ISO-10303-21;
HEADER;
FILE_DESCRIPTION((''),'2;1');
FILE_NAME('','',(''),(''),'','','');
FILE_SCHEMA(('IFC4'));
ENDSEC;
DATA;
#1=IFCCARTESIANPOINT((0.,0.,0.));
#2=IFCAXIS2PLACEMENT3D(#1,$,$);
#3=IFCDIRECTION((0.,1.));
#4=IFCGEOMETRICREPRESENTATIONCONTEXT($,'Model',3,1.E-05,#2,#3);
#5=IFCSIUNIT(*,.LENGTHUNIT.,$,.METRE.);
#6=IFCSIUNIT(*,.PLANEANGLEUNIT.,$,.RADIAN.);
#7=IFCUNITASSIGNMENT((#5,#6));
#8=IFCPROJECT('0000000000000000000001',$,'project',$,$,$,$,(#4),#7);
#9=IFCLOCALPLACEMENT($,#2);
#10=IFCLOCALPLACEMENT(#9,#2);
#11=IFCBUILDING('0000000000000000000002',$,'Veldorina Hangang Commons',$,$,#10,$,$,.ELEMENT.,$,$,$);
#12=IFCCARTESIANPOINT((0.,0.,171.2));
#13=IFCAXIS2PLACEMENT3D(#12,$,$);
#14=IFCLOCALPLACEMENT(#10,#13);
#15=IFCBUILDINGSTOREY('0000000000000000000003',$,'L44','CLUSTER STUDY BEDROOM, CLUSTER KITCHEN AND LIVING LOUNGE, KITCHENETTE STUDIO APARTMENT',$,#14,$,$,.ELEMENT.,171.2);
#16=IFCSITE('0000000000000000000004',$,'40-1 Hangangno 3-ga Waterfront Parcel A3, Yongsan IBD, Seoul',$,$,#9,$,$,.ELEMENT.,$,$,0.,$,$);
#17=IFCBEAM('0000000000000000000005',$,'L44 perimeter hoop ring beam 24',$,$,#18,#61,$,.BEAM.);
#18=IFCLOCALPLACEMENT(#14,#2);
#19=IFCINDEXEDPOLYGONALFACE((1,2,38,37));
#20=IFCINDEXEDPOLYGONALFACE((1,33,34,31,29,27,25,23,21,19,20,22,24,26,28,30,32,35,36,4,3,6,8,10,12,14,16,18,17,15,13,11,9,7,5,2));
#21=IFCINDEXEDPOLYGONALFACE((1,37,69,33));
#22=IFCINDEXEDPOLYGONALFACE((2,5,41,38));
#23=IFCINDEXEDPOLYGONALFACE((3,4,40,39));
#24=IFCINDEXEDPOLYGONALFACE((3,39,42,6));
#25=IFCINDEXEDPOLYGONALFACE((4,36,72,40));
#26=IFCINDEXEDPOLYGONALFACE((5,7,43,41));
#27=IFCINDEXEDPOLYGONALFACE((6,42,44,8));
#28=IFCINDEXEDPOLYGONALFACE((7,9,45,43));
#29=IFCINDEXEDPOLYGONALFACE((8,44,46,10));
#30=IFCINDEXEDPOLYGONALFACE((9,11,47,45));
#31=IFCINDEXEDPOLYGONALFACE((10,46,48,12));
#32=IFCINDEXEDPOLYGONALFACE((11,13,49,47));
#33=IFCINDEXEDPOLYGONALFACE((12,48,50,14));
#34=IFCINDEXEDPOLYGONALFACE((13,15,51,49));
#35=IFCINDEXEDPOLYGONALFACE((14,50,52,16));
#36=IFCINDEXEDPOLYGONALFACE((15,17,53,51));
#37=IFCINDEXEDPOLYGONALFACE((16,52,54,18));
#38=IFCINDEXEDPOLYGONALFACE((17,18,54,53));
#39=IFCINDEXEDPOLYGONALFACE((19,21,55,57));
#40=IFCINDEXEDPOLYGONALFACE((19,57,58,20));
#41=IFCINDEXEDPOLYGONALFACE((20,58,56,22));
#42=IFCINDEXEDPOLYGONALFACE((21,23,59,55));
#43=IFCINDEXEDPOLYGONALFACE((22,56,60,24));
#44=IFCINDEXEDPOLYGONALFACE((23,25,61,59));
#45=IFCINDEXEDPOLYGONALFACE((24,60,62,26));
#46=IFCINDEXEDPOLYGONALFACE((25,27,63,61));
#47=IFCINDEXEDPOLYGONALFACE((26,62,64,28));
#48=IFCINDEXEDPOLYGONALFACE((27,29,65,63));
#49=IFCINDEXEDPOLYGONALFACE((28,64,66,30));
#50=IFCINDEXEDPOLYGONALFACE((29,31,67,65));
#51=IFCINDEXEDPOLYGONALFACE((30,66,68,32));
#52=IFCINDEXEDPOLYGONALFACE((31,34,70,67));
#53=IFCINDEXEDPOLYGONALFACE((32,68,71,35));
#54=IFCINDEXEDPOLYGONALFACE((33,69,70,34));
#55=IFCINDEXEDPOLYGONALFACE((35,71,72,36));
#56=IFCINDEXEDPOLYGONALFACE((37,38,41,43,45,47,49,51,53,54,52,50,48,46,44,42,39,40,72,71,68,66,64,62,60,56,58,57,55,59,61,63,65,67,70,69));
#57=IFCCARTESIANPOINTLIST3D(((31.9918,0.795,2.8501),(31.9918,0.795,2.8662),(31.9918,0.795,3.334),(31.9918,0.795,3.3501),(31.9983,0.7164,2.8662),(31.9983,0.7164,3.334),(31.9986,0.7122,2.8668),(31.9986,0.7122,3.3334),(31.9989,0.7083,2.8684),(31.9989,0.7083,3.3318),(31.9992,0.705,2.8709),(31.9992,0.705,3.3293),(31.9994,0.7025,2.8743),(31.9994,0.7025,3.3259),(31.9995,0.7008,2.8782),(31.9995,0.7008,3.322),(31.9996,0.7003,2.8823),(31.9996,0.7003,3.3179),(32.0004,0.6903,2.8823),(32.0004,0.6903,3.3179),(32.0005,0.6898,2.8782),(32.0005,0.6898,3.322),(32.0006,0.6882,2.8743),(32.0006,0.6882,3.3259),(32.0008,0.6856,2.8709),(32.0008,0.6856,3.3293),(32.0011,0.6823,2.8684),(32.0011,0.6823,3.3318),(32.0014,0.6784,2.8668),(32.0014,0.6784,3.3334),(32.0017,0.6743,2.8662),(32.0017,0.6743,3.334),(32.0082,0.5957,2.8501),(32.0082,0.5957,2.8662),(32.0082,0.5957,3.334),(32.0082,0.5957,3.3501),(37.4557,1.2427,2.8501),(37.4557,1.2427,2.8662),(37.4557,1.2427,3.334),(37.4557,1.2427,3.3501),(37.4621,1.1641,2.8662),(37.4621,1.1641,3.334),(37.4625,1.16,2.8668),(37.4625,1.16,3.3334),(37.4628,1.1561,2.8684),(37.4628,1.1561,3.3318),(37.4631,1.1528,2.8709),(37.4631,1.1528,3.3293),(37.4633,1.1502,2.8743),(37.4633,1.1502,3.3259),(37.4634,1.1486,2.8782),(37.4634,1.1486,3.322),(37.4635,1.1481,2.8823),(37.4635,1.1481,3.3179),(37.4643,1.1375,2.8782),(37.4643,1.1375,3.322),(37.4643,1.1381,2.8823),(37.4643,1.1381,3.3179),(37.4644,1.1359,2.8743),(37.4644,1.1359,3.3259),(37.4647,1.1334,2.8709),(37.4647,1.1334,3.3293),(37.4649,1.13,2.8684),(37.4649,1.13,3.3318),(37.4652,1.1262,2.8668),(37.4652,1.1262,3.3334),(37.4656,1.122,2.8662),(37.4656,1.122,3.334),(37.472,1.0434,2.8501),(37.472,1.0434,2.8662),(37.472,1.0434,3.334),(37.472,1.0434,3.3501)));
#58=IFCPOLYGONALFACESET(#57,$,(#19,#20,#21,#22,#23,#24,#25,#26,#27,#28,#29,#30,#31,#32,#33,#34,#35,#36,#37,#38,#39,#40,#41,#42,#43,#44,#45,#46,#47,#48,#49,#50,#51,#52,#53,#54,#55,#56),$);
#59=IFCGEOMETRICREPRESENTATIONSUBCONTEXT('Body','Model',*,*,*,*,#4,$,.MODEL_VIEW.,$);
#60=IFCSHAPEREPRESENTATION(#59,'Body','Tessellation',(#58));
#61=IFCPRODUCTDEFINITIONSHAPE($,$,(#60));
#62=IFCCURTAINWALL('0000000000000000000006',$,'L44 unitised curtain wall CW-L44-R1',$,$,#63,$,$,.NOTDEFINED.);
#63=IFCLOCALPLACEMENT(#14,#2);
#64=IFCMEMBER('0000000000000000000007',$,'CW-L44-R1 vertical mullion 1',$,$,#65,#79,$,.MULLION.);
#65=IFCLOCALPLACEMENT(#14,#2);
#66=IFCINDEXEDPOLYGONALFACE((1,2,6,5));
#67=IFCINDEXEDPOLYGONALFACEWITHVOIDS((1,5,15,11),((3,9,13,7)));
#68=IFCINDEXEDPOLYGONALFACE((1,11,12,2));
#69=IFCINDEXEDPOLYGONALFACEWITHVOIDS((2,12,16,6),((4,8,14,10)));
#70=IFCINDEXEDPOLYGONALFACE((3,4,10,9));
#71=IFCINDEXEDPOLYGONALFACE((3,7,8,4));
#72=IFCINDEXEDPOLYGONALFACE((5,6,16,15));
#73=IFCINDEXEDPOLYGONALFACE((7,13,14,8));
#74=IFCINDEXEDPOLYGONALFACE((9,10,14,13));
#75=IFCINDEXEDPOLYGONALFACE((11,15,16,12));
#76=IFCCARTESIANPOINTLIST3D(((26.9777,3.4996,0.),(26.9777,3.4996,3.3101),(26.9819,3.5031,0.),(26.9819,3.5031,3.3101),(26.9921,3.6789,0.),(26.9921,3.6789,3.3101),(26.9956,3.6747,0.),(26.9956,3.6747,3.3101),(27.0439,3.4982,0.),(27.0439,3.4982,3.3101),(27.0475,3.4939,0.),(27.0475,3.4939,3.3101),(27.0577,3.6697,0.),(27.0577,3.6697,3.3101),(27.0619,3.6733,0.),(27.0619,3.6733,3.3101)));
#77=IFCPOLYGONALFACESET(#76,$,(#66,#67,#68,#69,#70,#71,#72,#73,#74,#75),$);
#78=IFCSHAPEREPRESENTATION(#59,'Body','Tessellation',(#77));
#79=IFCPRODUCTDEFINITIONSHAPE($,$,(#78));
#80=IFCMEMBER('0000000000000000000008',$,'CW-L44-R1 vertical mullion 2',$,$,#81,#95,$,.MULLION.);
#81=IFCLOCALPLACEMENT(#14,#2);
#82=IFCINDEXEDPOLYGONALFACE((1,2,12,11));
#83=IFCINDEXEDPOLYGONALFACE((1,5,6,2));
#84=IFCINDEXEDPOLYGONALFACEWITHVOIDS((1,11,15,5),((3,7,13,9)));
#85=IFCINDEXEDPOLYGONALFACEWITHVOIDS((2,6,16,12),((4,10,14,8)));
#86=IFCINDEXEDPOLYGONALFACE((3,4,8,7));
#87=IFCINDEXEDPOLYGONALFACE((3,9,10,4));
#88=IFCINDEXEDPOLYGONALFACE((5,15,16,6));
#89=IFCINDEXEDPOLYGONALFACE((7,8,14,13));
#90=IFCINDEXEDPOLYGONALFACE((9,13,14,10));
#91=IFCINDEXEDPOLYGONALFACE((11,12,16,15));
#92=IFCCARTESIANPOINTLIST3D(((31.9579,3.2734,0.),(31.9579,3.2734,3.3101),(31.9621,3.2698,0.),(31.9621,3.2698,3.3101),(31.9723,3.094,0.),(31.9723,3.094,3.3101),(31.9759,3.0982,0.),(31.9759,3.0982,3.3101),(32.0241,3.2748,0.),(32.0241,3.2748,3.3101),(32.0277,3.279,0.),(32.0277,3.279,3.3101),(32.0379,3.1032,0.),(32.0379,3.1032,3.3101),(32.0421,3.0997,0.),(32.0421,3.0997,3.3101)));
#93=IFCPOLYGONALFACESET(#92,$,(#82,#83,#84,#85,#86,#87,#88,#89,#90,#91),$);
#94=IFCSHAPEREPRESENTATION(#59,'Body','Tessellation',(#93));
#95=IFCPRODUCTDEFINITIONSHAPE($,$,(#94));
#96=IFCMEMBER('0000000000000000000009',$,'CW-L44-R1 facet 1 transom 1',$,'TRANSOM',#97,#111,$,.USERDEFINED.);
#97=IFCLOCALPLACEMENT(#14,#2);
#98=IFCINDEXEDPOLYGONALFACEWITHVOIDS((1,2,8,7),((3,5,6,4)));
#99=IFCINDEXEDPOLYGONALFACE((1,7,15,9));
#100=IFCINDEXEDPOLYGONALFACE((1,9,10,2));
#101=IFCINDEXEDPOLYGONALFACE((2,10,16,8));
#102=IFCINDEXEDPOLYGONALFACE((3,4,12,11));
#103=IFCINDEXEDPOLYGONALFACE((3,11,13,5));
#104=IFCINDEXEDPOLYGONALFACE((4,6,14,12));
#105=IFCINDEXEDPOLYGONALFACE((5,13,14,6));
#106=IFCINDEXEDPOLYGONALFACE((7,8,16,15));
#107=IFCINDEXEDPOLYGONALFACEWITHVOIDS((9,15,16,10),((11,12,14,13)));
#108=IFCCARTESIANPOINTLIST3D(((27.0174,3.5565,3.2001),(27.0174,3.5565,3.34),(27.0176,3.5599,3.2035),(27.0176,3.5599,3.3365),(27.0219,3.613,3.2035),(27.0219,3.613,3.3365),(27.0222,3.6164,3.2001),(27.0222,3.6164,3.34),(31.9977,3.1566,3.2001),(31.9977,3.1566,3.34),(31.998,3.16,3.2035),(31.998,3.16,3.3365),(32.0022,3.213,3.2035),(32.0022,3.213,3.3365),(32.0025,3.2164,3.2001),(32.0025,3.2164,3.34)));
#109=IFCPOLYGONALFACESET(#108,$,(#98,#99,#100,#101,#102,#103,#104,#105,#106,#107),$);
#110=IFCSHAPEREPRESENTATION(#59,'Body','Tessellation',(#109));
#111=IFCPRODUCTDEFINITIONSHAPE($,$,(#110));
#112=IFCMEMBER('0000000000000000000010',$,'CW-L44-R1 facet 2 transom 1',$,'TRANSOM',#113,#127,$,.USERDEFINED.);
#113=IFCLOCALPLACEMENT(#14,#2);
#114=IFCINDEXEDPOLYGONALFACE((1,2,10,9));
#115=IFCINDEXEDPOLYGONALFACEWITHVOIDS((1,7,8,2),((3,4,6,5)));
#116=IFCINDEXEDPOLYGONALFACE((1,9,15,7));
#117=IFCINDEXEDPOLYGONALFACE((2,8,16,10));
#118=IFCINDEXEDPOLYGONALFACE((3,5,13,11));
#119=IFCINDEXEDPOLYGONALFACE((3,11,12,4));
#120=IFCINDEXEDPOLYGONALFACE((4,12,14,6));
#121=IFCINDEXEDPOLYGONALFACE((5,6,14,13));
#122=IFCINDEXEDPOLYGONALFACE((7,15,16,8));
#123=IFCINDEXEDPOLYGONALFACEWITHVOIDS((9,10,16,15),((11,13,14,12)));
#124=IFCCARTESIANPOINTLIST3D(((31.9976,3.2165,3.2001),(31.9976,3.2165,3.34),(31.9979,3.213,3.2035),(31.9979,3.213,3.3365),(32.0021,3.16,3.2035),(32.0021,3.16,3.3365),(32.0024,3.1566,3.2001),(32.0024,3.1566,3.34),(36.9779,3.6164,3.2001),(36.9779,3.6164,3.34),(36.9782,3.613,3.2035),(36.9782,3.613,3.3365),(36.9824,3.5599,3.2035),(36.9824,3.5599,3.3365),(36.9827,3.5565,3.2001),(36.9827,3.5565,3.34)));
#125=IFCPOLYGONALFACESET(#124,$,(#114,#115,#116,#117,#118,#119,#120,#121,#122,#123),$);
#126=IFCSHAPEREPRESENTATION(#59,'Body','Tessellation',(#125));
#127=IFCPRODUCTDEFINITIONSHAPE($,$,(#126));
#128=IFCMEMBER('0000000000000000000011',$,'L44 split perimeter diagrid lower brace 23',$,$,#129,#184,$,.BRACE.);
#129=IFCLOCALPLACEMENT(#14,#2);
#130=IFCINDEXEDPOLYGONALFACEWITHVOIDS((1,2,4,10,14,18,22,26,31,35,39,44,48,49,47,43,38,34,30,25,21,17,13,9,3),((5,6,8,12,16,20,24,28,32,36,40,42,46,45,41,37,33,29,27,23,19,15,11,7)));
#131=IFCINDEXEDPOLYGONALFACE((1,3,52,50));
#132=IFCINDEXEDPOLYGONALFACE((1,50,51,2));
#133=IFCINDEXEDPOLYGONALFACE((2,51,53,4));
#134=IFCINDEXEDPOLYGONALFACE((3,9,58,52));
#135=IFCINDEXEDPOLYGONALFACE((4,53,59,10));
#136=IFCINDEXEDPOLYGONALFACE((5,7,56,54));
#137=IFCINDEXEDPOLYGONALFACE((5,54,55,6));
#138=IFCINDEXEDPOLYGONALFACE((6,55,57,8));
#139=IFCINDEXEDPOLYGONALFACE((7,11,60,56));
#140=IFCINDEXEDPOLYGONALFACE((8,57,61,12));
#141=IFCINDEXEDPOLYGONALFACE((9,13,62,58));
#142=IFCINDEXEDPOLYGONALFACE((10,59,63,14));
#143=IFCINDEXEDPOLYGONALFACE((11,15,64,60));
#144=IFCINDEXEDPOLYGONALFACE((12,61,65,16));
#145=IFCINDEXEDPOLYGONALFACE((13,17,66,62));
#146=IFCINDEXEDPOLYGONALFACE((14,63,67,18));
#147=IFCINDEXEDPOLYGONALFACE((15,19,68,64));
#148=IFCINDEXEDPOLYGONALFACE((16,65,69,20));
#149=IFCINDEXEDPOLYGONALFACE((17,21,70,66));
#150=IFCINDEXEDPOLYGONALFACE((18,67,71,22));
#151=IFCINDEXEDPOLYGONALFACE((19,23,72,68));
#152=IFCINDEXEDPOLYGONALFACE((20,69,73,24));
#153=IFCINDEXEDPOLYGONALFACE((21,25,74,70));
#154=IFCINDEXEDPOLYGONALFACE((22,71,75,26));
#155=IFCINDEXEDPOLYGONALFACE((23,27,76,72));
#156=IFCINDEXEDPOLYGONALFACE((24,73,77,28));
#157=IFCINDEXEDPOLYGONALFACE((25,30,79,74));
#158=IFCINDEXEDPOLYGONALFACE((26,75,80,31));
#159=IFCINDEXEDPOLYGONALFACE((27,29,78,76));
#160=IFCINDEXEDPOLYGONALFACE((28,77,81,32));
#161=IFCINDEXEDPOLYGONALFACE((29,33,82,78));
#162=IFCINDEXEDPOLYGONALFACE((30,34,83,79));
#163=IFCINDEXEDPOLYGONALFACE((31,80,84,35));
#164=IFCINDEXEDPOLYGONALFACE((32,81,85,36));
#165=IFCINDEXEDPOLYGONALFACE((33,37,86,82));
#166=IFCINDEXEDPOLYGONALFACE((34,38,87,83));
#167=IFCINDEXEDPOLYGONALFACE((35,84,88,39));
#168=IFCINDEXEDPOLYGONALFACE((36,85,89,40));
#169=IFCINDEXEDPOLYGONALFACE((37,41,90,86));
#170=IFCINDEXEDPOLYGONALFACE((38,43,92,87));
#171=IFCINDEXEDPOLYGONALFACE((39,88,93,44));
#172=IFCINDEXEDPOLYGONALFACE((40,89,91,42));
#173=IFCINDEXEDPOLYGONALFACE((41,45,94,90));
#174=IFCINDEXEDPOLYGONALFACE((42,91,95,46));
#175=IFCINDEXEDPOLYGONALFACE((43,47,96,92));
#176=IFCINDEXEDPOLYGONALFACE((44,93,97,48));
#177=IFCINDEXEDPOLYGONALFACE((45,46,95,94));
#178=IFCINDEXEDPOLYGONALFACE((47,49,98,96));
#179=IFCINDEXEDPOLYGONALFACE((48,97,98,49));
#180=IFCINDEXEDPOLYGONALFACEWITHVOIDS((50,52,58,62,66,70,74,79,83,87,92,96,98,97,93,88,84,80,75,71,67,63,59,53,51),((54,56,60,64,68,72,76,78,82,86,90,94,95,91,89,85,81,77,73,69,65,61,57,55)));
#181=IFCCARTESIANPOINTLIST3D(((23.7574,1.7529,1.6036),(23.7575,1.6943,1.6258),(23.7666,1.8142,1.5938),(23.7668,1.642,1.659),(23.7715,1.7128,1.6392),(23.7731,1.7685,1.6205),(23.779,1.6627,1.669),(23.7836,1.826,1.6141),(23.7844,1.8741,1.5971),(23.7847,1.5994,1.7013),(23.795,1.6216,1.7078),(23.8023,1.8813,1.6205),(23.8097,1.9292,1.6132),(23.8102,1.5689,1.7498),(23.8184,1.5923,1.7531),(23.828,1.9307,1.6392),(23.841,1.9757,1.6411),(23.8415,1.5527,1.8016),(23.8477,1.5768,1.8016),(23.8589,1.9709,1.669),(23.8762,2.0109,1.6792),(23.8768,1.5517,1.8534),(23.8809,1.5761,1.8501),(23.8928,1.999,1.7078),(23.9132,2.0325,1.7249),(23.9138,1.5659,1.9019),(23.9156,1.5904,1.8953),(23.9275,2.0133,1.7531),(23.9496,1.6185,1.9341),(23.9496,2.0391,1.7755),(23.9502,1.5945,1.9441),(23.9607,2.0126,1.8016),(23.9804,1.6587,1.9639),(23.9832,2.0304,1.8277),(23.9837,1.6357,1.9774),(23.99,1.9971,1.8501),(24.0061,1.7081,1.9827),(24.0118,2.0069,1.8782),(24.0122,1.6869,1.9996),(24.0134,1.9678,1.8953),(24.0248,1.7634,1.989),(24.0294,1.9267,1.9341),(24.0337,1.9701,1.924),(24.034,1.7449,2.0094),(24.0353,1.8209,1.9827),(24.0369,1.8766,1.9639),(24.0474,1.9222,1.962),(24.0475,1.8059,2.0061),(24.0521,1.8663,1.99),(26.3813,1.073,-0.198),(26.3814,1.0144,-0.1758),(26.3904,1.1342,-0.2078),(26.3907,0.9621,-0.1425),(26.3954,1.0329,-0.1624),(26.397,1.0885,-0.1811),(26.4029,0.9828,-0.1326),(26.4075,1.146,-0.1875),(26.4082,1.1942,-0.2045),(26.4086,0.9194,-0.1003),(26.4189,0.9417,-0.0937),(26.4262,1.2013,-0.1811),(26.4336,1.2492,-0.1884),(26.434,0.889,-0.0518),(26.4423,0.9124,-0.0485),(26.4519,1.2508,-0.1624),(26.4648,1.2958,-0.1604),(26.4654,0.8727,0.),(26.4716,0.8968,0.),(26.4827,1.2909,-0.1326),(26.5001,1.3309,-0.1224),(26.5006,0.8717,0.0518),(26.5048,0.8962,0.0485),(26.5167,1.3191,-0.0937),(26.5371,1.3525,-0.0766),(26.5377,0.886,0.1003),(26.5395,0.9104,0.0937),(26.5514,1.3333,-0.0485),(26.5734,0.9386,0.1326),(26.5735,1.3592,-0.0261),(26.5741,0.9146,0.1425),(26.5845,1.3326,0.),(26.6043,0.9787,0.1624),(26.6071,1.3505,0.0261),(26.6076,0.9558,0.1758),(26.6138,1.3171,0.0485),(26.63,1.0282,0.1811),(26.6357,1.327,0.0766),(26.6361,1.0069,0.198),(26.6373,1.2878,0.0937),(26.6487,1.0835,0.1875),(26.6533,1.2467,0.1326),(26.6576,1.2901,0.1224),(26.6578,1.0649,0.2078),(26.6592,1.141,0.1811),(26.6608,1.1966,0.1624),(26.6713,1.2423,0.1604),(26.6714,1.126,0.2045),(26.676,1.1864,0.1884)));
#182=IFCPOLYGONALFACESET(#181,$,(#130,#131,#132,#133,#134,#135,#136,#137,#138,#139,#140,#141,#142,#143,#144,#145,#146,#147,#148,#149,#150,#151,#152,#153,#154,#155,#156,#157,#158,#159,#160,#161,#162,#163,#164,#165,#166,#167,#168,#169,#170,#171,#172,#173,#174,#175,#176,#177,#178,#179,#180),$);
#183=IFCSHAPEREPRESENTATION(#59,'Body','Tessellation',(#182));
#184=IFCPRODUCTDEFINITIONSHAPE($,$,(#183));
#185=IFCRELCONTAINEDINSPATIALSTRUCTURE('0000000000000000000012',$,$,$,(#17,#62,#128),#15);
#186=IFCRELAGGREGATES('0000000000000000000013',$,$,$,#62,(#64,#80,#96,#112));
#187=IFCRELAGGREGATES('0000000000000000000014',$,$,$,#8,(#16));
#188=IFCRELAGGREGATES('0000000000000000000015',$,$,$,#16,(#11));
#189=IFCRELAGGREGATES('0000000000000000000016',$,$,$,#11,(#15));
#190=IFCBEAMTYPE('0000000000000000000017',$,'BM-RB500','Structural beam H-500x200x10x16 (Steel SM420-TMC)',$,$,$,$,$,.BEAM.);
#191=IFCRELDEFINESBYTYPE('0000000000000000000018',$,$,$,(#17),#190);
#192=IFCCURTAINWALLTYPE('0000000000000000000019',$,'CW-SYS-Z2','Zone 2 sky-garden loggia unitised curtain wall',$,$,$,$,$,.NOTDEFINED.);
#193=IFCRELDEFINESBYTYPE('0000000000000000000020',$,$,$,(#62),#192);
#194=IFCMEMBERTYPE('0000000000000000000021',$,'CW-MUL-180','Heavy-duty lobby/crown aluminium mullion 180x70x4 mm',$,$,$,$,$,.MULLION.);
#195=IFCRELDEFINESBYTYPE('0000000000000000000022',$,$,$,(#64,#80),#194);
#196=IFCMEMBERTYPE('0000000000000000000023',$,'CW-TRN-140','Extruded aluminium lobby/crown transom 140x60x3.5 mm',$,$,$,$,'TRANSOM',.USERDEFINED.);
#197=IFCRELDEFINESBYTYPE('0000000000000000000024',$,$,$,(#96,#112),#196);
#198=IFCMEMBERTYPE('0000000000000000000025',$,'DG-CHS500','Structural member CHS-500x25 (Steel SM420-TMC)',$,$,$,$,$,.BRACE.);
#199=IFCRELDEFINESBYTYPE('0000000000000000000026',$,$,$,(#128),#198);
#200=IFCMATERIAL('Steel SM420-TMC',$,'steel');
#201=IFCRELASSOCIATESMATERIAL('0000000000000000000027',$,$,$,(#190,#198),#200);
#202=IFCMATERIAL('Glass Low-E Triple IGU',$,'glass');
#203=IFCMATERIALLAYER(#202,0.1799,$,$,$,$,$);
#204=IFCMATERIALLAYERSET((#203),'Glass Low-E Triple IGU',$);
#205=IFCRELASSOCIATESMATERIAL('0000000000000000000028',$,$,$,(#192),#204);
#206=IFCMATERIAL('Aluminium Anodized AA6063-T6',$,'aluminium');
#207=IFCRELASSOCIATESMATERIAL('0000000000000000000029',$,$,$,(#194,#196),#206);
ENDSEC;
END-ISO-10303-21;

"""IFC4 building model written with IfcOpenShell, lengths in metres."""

from ifc_helpers import new_model, si_unit, direction, frame, origin, origin_2d, place, context, subcontext, project, spatial, hollow_rectangle, hollow_circle, i_section, extrude, material, layer, layer_set, material_profile, profile_set, type_object, element, aggregate, save


model = new_model("IFC4")

# Units and contexts
model_context = context("Model", 3, precision=1e-05, world=origin(), true_north=direction((0.0, 1.0)))
body_context = subcontext(model_context, "Body", "Model", "MODEL_VIEW")
ifc_project = project(units=[si_unit("LENGTHUNIT", "METRE"), si_unit("PLANEANGLEUNIT", "RADIAN")], contexts=[model_context])

# Site, building, storey
site_placement = place(None, origin())
site = spatial("IfcSite", under=ifc_project, at=site_placement, Name="40-1 Hangangno 3-ga Waterfront Parcel A3, Yongsan IBD, Seoul", CompositionType="ELEMENT", RefElevation=0.0)
building_placement = place(site_placement, origin())
building = spatial("IfcBuilding", under=site, at=building_placement, Name="Veldorina Hangang Commons", CompositionType="ELEMENT")
storey_placement = place(building_placement, frame((0.0, 0.0, 171.2)))
storey = spatial("IfcBuildingStorey", under=building, at=storey_placement, Name="L44", Description="CLUSTER STUDY BEDROOM, CLUSTER KITCHEN AND LIVING LOUNGE, KITCHENETTE STUDIO APARTMENT", CompositionType="ELEMENT", Elevation=171.2)

# Beam
ifc_material_1 = material(Name="Steel SM420-TMC", Category="steel")
ifc_material_profile_1 = material_profile(ifc_material_1, i_section(OverallWidth=0.2, OverallDepth=0.5, WebThickness=0.01, FlangeThickness=0.0161, FilletRadius=0.0161, at=origin_2d()), Name="H-500x200x10x16")
ifc_profile_set_1 = profile_set([ifc_material_profile_1], Name="Steel SM420-TMC")
beam_type_1 = type_object("IfcBeamType", Name="BM-RB500", Description="Structural beam H-500x200x10x16 (Steel SM420-TMC)", PredefinedType="BEAM", material=ifc_profile_set_1)
for number, where, z_axis, x_axis, name in (
    (1, (32.0, 0.6953, 3.1001), (0.996659, 0.081674, 0.0), (-0.081674, 0.996659, 0.0), "L44 perimeter hoop ring beam 24"),
):
    element("IfcBeam", number, at=place(storey_placement, frame(where, z_axis=z_axis, x_axis=x_axis)), inside=storey, type_object=beam_type_1, Name=name, PredefinedType="BEAM", context=body_context, shape_type="SweptSolid", body=[
        extrude(i_section(OverallWidth=0.2, OverallDepth=0.5, WebThickness=0.01, FlangeThickness=0.0161, FilletRadius=0.0161, at=origin_2d()), origin(), (0.0, 0.0, 1.0), 5.4822),
    ])

# Curtain wall, members
ifc_material_2 = material(Name="Glass Low-E Triple IGU", Category="glass")
ifc_layer_1 = layer(ifc_material_2, 0.1799)
ifc_layer_set_1 = layer_set([ifc_layer_1], Name="Glass Low-E Triple IGU")
curtain_wall_type = type_object("IfcCurtainWallType", Name="CW-SYS-Z2", Description="Zone 2 sky-garden loggia unitised curtain wall", PredefinedType="NOTDEFINED", material=ifc_layer_set_1)
curtain_wall_placement = place(storey_placement, origin())
curtain_wall = element("IfcCurtainWall", 2, at=curtain_wall_placement, inside=storey, type_object=curtain_wall_type, Name="L44 unitised curtain wall CW-L44-R1", PredefinedType="NOTDEFINED")
ifc_material_3 = material(Name="Aluminium Anodized AA6063-T6", Category="aluminium")
ifc_material_profile_2 = material_profile(ifc_material_3, hollow_rectangle(XDim=0.0701, YDim=0.1799, WallThickness=0.0039, at=origin_2d()), Name="ALU-RHS-180x70x4")
ifc_profile_set_2 = profile_set([ifc_material_profile_2], Name="Aluminium Anodized AA6063-T6")
member_type_1 = type_object("IfcMemberType", Name="CW-MUL-180", Description="Heavy-duty lobby/crown aluminium mullion 180x70x4 mm", PredefinedType="MULLION", material=ifc_profile_set_2)
member_1_placement = place(storey_placement, frame((27.0198, 3.5864, 0.0), z_axis=(0.0, 0.0, 1.0), x_axis=(0.996791, -0.080042, 0.0)))
member_1 = element("IfcMember", 3, at=member_1_placement, type_object=member_type_1, Name="CW-L44-R1 vertical mullion 1", PredefinedType="MULLION", context=body_context, shape_type="SweptSolid", body=[
    extrude(hollow_rectangle(XDim=0.0701, YDim=0.1799, WallThickness=0.0039, at=origin_2d()), origin(), (0.0, 0.0, 1.0), 3.3101),
])
member_2_placement = place(storey_placement, frame((32.0, 3.1865, 0.0), z_axis=(0.0, 0.0, 1.0), x_axis=(0.996791, 0.080042, 0.0)))
member_2 = element("IfcMember", 4, at=member_2_placement, type_object=member_type_1, Name="CW-L44-R1 vertical mullion 2", PredefinedType="MULLION", context=body_context, shape_type="SweptSolid", body=[
    extrude(hollow_rectangle(XDim=0.0701, YDim=0.1799, WallThickness=0.0039, at=origin_2d()), origin(), (0.0, 0.0, 1.0), 3.3101),
])
ifc_material_profile_3 = material_profile(ifc_material_3, hollow_rectangle(XDim=0.0601, YDim=0.1399, WallThickness=0.0034, at=origin_2d()), Name="ALU-RHS-140x60x3.5")
ifc_profile_set_3 = profile_set([ifc_material_profile_3], Name="Aluminium Anodized AA6063-T6")
member_type_2 = type_object("IfcMemberType", Name="CW-TRN-140", Description="Extruded aluminium lobby/crown transom 140x60x3.5 mm", ElementType="TRANSOM", PredefinedType="USERDEFINED", material=ifc_profile_set_3)
member_3_placement = place(storey_placement, frame((27.0198, 3.5864, 3.27), z_axis=(0.996792, -0.08004, 0.0), x_axis=(0.08004, 0.996792, 0.0)))
member_3 = element("IfcMember", 5, at=member_3_placement, type_object=member_type_2, Name="CW-L44-R1 facet 1 transom 1", ObjectType="TRANSOM", PredefinedType="USERDEFINED", context=body_context, shape_type="SweptSolid", body=[
    extrude(hollow_rectangle(XDim=0.0601, YDim=0.1399, WallThickness=0.0034, at=origin_2d()), origin(), (0.0, 0.0, 1.0), 4.9963),
])
member_4_placement = place(storey_placement, frame((32.0, 3.1865, 3.27), z_axis=(0.996792, 0.08004, 0.0), x_axis=(-0.08004, 0.996792, 0.0)))
member_4 = element("IfcMember", 6, at=member_4_placement, type_object=member_type_2, Name="CW-L44-R1 facet 2 transom 1", ObjectType="TRANSOM", PredefinedType="USERDEFINED", context=body_context, shape_type="SweptSolid", body=[
    extrude(hollow_rectangle(XDim=0.0601, YDim=0.1399, WallThickness=0.0034, at=origin_2d()), origin(), (0.0, 0.0, 1.0), 4.9963),
])

# Member
ifc_material_profile_4 = material_profile(ifc_material_1, hollow_circle(Radius=0.25, WallThickness=0.0249, at=origin_2d()), Name="CHS-500x25")
ifc_profile_set_4 = profile_set([ifc_material_profile_4], Name="Steel SM420-TMC")
member_type_3 = type_object("IfcMemberType", Name="DG-CHS500", Description="Structural member CHS-500x25 (Steel SM420-TMC)", PredefinedType="BRACE", material=ifc_profile_set_4)
member_5_placement = place(storey_placement, frame((26.5281, 1.1147, 0.0), z_axis=(-0.806193, 0.208918, 0.55354), x_axis=(-0.250856, -0.968024, 0.0)))
element("IfcMember", 7, at=member_5_placement, inside=storey, type_object=member_type_3, Name="L44 split perimeter diagrid lower brace 23", PredefinedType="BRACE", context=body_context, shape_type="SweptSolid", body=[
    extrude(hollow_circle(Radius=0.25, WallThickness=0.0249, at=origin_2d()), origin(), (0.0, 0.0, 1.0), 3.2546),
])

aggregate(curtain_wall, [member_1, member_2, member_3, member_4])

save(model, "model.ifc")
